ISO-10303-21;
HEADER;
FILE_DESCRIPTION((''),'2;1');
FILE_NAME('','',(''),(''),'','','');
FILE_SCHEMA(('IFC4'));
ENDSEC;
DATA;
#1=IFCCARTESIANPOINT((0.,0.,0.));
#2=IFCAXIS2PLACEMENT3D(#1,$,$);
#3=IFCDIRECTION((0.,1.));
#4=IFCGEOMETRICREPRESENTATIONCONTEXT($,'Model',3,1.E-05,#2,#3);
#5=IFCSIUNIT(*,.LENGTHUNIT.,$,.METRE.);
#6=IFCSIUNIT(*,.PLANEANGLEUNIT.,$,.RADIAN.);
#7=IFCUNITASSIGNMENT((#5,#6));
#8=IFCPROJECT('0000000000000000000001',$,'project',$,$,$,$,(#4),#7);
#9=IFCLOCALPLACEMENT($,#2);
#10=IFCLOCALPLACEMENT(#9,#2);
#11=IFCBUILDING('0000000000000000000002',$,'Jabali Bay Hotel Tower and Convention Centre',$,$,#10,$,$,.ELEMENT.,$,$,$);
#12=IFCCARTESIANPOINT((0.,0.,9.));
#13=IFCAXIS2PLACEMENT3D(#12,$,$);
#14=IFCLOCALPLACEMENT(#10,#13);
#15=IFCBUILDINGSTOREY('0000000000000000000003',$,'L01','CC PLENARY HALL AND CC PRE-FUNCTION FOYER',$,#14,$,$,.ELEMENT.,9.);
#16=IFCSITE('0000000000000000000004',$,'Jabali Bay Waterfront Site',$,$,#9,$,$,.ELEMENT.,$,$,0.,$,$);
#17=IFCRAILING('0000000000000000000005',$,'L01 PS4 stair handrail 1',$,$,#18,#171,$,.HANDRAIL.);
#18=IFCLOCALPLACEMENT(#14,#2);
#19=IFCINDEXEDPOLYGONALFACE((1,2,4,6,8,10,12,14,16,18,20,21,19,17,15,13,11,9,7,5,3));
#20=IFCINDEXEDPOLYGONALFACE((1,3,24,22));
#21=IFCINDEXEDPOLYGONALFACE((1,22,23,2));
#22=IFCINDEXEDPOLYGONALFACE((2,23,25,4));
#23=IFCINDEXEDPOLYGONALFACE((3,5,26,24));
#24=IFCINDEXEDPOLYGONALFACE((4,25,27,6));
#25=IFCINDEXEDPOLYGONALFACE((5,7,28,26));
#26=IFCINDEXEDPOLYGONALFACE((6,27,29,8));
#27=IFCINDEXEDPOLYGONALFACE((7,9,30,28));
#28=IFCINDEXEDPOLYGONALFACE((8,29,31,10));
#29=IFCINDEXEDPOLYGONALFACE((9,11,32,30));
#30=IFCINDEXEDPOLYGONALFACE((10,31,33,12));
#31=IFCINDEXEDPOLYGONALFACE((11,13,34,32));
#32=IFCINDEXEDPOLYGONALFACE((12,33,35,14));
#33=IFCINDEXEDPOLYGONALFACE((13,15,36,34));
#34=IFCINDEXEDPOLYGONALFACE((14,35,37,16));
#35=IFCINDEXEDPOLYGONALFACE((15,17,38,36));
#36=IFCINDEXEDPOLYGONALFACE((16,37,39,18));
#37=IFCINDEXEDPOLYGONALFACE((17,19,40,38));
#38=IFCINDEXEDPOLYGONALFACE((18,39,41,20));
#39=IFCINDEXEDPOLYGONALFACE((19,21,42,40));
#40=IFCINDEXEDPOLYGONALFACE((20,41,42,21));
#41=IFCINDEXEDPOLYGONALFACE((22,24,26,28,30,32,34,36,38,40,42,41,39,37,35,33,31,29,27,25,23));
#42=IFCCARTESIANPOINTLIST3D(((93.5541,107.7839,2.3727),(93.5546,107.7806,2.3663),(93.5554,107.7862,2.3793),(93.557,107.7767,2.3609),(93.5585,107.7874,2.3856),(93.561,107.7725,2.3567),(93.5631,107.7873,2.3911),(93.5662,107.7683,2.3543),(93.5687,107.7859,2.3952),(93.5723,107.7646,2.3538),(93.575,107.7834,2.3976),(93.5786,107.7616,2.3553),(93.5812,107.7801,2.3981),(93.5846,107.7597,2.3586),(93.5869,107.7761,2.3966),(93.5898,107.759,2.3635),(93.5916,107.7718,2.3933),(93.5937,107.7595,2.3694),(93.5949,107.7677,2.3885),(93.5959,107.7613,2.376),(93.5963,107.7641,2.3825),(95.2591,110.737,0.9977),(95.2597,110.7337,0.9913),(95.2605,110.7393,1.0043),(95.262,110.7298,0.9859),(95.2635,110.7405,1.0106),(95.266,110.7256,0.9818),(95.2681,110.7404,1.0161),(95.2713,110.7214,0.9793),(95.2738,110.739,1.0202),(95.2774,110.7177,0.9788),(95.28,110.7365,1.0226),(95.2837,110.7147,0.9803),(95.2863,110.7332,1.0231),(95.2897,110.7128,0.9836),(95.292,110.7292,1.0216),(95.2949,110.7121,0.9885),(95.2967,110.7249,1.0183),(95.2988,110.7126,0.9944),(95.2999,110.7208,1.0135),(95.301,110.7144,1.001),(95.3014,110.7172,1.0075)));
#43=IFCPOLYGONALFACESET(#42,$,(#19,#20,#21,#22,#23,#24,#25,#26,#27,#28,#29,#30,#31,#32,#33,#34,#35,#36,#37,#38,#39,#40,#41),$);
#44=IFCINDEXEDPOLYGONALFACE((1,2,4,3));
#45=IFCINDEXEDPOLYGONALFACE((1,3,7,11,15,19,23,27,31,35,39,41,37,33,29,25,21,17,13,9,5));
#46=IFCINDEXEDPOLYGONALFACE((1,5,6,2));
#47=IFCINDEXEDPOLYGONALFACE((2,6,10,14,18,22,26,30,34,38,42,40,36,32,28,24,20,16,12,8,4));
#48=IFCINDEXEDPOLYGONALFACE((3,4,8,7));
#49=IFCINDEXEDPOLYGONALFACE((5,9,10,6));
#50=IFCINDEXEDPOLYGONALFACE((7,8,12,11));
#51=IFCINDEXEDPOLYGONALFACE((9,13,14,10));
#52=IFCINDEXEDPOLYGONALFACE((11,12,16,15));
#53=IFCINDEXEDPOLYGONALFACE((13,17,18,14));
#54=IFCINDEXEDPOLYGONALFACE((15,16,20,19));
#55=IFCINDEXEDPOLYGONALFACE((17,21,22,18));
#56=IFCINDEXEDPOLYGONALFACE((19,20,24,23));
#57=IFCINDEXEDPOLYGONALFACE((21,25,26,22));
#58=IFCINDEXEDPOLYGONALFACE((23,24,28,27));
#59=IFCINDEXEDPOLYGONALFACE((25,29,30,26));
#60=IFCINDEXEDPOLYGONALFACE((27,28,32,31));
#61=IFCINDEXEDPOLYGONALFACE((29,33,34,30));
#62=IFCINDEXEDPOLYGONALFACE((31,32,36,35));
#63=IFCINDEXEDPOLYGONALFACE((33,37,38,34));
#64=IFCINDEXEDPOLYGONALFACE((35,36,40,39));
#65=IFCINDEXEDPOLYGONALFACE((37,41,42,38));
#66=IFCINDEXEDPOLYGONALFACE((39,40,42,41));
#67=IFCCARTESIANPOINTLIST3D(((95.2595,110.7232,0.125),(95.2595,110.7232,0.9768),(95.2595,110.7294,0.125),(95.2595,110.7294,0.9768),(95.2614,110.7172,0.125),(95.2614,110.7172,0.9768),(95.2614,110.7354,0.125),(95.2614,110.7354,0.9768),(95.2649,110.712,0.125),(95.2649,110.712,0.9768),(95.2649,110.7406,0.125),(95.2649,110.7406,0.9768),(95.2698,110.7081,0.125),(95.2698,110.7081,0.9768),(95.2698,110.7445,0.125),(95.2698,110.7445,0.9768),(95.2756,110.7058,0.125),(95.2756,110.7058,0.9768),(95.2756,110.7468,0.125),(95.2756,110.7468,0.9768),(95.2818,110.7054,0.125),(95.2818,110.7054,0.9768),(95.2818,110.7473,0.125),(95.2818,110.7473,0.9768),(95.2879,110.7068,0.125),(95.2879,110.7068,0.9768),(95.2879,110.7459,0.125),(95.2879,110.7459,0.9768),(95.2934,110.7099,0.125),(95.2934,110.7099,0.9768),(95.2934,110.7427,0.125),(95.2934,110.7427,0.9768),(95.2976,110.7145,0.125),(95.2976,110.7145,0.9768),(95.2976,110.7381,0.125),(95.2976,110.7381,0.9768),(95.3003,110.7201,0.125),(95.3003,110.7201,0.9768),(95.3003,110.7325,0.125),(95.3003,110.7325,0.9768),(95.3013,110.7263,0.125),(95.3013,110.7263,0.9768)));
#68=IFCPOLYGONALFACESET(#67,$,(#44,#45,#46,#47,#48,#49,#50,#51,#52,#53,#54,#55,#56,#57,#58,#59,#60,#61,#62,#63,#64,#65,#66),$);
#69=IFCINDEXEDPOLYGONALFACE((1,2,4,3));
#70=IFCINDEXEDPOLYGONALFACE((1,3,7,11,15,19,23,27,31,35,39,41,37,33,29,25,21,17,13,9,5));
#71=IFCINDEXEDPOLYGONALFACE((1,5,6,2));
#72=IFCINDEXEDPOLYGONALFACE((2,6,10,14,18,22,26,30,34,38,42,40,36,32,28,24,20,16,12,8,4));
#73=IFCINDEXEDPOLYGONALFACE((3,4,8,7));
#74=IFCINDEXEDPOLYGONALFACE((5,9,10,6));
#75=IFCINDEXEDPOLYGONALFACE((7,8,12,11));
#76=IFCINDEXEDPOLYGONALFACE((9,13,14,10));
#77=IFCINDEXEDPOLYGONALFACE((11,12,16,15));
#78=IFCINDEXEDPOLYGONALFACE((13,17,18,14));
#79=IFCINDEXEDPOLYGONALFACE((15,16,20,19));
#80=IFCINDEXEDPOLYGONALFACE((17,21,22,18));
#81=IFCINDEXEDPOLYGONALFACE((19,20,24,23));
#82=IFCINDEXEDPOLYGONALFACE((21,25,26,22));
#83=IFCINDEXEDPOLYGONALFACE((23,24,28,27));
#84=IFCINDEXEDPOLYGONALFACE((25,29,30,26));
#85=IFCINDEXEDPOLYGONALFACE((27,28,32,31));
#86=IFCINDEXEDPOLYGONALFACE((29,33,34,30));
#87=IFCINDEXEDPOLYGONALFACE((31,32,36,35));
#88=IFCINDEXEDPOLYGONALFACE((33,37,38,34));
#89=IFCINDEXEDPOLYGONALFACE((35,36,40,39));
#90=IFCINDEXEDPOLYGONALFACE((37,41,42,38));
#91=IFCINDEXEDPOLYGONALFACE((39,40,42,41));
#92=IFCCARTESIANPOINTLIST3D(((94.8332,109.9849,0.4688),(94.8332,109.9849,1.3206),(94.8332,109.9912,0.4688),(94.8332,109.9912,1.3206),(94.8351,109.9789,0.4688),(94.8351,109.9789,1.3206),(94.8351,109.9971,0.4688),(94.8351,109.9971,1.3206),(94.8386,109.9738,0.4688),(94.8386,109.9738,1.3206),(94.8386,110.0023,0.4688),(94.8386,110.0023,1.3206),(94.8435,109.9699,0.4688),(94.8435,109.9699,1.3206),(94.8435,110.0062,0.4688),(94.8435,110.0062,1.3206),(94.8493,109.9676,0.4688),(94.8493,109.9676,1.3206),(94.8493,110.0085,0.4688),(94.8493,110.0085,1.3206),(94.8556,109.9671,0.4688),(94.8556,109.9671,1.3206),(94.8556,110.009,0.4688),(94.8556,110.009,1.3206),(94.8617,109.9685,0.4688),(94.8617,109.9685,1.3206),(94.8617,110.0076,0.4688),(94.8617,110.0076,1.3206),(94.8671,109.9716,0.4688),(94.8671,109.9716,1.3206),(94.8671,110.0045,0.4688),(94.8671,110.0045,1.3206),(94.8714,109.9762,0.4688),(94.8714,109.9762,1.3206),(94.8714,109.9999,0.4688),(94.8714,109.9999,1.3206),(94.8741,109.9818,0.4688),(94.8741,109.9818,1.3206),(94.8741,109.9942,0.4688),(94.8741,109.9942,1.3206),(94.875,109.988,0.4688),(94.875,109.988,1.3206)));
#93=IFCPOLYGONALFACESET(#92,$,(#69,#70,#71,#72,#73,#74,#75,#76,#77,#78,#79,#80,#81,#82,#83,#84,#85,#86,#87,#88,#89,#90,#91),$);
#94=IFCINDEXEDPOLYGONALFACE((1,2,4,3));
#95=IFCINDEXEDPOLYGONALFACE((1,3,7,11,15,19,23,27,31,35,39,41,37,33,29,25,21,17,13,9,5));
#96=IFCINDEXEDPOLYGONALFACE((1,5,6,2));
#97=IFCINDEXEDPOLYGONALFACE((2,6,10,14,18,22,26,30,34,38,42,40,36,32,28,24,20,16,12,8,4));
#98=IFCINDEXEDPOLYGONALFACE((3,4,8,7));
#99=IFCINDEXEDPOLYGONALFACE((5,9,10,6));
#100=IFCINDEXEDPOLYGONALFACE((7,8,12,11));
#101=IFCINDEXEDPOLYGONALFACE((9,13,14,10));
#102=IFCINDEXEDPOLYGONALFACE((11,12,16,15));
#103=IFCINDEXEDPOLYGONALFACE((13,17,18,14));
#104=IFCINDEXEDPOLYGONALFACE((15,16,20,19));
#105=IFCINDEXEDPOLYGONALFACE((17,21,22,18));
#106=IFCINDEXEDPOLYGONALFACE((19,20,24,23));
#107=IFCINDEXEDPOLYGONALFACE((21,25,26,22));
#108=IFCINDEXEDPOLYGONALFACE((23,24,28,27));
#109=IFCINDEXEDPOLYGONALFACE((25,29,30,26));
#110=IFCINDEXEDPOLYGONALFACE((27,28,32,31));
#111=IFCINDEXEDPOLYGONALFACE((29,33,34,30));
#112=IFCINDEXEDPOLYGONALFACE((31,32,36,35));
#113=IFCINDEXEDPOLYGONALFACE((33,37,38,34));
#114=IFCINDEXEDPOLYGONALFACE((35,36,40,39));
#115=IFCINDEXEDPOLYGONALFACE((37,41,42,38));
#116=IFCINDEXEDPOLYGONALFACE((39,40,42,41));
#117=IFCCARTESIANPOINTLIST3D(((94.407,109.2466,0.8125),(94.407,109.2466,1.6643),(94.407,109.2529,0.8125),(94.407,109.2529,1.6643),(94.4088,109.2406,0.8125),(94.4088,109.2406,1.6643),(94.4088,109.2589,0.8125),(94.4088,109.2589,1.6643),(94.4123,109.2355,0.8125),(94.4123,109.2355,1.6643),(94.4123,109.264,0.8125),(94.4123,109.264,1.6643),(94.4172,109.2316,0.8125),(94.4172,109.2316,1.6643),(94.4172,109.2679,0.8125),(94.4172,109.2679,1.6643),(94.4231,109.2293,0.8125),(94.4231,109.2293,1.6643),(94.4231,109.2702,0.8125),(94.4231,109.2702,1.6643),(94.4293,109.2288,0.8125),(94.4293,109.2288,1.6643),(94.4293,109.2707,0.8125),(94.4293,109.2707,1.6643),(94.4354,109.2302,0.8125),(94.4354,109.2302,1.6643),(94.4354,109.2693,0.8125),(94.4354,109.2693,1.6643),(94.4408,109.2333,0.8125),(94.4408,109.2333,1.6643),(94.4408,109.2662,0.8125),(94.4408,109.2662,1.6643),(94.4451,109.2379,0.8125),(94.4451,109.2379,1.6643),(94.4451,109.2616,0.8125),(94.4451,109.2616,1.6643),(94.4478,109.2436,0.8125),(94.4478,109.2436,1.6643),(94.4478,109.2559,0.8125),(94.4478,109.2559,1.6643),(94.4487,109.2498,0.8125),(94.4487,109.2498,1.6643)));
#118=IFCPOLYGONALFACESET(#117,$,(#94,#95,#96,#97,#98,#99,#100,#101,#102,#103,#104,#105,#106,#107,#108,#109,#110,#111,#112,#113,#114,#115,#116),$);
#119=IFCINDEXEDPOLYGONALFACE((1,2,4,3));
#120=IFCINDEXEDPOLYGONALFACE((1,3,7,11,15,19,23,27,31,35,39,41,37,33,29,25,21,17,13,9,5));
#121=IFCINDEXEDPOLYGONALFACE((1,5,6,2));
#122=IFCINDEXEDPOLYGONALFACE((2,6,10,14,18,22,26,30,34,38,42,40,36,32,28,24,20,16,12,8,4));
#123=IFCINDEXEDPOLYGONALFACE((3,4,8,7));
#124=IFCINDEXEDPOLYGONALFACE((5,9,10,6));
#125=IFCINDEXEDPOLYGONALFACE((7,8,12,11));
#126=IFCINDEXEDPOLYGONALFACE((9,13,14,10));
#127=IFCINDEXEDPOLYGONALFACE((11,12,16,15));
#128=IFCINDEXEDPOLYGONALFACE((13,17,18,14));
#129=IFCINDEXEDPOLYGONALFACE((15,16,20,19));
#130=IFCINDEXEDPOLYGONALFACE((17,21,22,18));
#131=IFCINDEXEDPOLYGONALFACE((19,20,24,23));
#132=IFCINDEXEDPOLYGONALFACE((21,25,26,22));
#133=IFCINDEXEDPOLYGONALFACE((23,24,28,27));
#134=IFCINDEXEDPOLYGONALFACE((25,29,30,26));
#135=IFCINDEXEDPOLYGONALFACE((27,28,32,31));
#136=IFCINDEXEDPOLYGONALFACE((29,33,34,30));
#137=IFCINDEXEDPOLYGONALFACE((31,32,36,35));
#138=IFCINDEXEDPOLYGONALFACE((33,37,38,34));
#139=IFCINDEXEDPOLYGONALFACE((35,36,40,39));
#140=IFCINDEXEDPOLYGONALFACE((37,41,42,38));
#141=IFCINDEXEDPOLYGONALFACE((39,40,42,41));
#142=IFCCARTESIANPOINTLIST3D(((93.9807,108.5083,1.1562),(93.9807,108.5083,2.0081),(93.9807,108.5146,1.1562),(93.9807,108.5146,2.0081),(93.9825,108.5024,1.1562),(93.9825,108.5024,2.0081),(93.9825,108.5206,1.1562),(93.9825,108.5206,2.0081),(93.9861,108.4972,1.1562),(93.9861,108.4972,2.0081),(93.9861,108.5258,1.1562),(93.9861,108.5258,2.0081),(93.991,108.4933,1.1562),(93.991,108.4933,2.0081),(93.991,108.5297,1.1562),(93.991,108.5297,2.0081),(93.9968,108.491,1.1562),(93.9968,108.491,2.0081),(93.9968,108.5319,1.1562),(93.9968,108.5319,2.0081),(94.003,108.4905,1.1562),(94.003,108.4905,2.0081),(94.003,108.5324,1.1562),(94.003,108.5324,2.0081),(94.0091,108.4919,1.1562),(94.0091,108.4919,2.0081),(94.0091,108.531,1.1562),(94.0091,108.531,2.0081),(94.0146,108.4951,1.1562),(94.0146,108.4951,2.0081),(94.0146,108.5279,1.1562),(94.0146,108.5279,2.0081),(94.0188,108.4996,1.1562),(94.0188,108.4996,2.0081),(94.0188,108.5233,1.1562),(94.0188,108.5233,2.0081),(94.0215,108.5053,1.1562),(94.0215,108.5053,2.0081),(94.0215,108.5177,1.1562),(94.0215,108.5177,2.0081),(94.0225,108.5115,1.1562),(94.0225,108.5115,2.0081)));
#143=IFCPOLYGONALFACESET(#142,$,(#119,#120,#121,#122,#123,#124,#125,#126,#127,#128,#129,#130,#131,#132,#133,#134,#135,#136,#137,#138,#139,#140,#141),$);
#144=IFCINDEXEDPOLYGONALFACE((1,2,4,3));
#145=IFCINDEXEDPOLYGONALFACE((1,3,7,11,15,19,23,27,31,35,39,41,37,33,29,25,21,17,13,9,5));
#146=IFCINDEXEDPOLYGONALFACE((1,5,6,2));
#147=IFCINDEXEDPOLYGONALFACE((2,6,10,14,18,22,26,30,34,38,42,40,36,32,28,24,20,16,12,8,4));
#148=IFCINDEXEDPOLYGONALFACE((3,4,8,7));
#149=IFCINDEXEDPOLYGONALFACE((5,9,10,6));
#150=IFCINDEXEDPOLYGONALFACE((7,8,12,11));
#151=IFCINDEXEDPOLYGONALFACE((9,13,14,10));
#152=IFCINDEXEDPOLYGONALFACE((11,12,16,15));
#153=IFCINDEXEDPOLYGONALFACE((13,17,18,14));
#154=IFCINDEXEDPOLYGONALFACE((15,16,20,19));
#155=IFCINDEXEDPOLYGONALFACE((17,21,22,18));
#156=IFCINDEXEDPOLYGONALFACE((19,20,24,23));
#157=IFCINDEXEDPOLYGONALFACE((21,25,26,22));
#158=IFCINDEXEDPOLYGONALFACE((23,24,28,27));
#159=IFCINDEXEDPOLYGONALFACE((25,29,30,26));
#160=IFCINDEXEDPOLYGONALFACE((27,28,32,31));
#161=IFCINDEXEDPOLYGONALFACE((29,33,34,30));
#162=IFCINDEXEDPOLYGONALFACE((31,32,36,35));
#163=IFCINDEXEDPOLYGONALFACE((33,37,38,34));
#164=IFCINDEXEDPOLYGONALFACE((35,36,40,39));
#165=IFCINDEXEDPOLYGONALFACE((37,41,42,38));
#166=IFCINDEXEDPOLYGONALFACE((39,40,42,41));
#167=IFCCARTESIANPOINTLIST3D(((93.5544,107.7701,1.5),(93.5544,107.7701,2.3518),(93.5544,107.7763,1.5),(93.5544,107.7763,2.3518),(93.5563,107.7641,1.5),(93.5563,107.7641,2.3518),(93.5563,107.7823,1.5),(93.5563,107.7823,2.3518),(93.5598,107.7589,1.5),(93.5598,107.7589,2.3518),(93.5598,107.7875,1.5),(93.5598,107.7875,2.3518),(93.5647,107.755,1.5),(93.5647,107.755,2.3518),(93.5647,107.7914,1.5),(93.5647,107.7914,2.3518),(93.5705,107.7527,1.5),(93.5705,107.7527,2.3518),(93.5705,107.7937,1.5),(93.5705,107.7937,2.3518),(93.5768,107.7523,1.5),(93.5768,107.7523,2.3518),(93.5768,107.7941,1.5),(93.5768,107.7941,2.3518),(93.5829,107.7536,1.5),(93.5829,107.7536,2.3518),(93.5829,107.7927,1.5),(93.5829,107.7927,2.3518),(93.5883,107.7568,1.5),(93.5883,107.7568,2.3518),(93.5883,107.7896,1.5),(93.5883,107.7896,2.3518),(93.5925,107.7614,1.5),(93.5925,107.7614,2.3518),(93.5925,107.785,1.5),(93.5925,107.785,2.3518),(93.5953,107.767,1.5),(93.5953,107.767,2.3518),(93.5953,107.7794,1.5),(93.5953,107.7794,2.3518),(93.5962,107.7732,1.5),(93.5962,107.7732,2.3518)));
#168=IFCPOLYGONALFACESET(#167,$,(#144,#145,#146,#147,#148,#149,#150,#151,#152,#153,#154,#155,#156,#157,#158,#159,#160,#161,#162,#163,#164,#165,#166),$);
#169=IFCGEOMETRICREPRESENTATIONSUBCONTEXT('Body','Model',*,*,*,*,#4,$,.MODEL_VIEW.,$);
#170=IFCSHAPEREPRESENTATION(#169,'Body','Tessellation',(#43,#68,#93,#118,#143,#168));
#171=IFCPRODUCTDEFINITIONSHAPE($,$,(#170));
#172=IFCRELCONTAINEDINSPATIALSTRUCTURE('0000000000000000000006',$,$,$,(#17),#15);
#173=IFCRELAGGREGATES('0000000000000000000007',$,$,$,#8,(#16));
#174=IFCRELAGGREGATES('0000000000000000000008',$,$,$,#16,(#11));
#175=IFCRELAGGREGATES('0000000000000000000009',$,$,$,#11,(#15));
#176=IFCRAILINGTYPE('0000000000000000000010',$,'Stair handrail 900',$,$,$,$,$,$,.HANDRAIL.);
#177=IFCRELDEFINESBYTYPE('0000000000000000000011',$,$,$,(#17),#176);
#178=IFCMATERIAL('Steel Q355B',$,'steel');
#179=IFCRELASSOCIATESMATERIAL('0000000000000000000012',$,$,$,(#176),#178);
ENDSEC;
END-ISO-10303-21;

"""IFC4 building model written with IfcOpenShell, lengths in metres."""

from ifc_helpers import new_model, si_unit, direction, frame, origin, origin_2d, place, context, subcontext, project, spatial, circle, extrude, material, type_object, element, save


model = new_model("IFC4")

# Units and contexts
model_context = context("Model", 3, precision=1e-05, world=origin(), true_north=direction((0.0, 1.0)))
body_context = subcontext(model_context, "Body", "Model", "MODEL_VIEW")
ifc_project = project(units=[si_unit("LENGTHUNIT", "METRE"), si_unit("PLANEANGLEUNIT", "RADIAN")], contexts=[model_context])

# Site, building, storey
site_placement = place(None, origin())
site = spatial("IfcSite", under=ifc_project, at=site_placement, Name="Jabali Bay Waterfront Site", CompositionType="ELEMENT", RefElevation=0.0)
building_placement = place(site_placement, origin())
building = spatial("IfcBuilding", under=site, at=building_placement, Name="Jabali Bay Hotel Tower and Convention Centre", CompositionType="ELEMENT")
storey_placement = place(building_placement, frame((0.0, 0.0, 9.0)))
storey = spatial("IfcBuildingStorey", under=building, at=storey_placement, Name="L01", Description="CC PLENARY HALL AND CC PRE-FUNCTION FOYER", CompositionType="ELEMENT", Elevation=9.0)

# Railing
ifc_material_1 = material(Name="Steel Q355B", Category="steel")
railing_type_1 = type_object("IfcRailingType", Name="Stair handrail 900", PredefinedType="HANDRAIL", material=ifc_material_1)
for number, where, name in (
    (1, (95.2803, 110.7263, 0.125), "L01 PS4 stair handrail 1"),
):
    element("IfcRailing", number, at=place(storey_placement, frame(where)), inside=storey, type_object=railing_type_1, Name=name, PredefinedType="HANDRAIL", context=body_context, shape_type="SweptSolid", body=[
        extrude(circle(Radius=0.0239, at=origin_2d()), frame((0.0, 0.0, 0.876), z_axis=(-0.46374, -0.803178, 0.373966), x_axis=(0.866014, -0.50002, 0.0)), (0.0, 0.0, 1.0), 3.6768),
        extrude(circle(Radius=0.021, at=origin_2d()), origin(), (0.0, 0.0, 1.0), 0.8518),
        extrude(circle(Radius=0.021, at=origin_2d()), frame((-0.4263, -0.7383, 0.3438)), (0.0, 0.0, 1.0), 0.8518),
        extrude(circle(Radius=0.021, at=origin_2d()), frame((-0.8525, -1.4766, 0.6875)), (0.0, 0.0, 1.0), 0.8518),
        extrude(circle(Radius=0.021, at=origin_2d()), frame((-1.2788, -2.2148, 1.0312)), (0.0, 0.0, 1.0), 0.8518),
        extrude(circle(Radius=0.021, at=origin_2d()), frame((-1.7051, -2.9531, 1.375)), (0.0, 0.0, 1.0), 0.8518),
    ])

save(model, "model.ifc")
